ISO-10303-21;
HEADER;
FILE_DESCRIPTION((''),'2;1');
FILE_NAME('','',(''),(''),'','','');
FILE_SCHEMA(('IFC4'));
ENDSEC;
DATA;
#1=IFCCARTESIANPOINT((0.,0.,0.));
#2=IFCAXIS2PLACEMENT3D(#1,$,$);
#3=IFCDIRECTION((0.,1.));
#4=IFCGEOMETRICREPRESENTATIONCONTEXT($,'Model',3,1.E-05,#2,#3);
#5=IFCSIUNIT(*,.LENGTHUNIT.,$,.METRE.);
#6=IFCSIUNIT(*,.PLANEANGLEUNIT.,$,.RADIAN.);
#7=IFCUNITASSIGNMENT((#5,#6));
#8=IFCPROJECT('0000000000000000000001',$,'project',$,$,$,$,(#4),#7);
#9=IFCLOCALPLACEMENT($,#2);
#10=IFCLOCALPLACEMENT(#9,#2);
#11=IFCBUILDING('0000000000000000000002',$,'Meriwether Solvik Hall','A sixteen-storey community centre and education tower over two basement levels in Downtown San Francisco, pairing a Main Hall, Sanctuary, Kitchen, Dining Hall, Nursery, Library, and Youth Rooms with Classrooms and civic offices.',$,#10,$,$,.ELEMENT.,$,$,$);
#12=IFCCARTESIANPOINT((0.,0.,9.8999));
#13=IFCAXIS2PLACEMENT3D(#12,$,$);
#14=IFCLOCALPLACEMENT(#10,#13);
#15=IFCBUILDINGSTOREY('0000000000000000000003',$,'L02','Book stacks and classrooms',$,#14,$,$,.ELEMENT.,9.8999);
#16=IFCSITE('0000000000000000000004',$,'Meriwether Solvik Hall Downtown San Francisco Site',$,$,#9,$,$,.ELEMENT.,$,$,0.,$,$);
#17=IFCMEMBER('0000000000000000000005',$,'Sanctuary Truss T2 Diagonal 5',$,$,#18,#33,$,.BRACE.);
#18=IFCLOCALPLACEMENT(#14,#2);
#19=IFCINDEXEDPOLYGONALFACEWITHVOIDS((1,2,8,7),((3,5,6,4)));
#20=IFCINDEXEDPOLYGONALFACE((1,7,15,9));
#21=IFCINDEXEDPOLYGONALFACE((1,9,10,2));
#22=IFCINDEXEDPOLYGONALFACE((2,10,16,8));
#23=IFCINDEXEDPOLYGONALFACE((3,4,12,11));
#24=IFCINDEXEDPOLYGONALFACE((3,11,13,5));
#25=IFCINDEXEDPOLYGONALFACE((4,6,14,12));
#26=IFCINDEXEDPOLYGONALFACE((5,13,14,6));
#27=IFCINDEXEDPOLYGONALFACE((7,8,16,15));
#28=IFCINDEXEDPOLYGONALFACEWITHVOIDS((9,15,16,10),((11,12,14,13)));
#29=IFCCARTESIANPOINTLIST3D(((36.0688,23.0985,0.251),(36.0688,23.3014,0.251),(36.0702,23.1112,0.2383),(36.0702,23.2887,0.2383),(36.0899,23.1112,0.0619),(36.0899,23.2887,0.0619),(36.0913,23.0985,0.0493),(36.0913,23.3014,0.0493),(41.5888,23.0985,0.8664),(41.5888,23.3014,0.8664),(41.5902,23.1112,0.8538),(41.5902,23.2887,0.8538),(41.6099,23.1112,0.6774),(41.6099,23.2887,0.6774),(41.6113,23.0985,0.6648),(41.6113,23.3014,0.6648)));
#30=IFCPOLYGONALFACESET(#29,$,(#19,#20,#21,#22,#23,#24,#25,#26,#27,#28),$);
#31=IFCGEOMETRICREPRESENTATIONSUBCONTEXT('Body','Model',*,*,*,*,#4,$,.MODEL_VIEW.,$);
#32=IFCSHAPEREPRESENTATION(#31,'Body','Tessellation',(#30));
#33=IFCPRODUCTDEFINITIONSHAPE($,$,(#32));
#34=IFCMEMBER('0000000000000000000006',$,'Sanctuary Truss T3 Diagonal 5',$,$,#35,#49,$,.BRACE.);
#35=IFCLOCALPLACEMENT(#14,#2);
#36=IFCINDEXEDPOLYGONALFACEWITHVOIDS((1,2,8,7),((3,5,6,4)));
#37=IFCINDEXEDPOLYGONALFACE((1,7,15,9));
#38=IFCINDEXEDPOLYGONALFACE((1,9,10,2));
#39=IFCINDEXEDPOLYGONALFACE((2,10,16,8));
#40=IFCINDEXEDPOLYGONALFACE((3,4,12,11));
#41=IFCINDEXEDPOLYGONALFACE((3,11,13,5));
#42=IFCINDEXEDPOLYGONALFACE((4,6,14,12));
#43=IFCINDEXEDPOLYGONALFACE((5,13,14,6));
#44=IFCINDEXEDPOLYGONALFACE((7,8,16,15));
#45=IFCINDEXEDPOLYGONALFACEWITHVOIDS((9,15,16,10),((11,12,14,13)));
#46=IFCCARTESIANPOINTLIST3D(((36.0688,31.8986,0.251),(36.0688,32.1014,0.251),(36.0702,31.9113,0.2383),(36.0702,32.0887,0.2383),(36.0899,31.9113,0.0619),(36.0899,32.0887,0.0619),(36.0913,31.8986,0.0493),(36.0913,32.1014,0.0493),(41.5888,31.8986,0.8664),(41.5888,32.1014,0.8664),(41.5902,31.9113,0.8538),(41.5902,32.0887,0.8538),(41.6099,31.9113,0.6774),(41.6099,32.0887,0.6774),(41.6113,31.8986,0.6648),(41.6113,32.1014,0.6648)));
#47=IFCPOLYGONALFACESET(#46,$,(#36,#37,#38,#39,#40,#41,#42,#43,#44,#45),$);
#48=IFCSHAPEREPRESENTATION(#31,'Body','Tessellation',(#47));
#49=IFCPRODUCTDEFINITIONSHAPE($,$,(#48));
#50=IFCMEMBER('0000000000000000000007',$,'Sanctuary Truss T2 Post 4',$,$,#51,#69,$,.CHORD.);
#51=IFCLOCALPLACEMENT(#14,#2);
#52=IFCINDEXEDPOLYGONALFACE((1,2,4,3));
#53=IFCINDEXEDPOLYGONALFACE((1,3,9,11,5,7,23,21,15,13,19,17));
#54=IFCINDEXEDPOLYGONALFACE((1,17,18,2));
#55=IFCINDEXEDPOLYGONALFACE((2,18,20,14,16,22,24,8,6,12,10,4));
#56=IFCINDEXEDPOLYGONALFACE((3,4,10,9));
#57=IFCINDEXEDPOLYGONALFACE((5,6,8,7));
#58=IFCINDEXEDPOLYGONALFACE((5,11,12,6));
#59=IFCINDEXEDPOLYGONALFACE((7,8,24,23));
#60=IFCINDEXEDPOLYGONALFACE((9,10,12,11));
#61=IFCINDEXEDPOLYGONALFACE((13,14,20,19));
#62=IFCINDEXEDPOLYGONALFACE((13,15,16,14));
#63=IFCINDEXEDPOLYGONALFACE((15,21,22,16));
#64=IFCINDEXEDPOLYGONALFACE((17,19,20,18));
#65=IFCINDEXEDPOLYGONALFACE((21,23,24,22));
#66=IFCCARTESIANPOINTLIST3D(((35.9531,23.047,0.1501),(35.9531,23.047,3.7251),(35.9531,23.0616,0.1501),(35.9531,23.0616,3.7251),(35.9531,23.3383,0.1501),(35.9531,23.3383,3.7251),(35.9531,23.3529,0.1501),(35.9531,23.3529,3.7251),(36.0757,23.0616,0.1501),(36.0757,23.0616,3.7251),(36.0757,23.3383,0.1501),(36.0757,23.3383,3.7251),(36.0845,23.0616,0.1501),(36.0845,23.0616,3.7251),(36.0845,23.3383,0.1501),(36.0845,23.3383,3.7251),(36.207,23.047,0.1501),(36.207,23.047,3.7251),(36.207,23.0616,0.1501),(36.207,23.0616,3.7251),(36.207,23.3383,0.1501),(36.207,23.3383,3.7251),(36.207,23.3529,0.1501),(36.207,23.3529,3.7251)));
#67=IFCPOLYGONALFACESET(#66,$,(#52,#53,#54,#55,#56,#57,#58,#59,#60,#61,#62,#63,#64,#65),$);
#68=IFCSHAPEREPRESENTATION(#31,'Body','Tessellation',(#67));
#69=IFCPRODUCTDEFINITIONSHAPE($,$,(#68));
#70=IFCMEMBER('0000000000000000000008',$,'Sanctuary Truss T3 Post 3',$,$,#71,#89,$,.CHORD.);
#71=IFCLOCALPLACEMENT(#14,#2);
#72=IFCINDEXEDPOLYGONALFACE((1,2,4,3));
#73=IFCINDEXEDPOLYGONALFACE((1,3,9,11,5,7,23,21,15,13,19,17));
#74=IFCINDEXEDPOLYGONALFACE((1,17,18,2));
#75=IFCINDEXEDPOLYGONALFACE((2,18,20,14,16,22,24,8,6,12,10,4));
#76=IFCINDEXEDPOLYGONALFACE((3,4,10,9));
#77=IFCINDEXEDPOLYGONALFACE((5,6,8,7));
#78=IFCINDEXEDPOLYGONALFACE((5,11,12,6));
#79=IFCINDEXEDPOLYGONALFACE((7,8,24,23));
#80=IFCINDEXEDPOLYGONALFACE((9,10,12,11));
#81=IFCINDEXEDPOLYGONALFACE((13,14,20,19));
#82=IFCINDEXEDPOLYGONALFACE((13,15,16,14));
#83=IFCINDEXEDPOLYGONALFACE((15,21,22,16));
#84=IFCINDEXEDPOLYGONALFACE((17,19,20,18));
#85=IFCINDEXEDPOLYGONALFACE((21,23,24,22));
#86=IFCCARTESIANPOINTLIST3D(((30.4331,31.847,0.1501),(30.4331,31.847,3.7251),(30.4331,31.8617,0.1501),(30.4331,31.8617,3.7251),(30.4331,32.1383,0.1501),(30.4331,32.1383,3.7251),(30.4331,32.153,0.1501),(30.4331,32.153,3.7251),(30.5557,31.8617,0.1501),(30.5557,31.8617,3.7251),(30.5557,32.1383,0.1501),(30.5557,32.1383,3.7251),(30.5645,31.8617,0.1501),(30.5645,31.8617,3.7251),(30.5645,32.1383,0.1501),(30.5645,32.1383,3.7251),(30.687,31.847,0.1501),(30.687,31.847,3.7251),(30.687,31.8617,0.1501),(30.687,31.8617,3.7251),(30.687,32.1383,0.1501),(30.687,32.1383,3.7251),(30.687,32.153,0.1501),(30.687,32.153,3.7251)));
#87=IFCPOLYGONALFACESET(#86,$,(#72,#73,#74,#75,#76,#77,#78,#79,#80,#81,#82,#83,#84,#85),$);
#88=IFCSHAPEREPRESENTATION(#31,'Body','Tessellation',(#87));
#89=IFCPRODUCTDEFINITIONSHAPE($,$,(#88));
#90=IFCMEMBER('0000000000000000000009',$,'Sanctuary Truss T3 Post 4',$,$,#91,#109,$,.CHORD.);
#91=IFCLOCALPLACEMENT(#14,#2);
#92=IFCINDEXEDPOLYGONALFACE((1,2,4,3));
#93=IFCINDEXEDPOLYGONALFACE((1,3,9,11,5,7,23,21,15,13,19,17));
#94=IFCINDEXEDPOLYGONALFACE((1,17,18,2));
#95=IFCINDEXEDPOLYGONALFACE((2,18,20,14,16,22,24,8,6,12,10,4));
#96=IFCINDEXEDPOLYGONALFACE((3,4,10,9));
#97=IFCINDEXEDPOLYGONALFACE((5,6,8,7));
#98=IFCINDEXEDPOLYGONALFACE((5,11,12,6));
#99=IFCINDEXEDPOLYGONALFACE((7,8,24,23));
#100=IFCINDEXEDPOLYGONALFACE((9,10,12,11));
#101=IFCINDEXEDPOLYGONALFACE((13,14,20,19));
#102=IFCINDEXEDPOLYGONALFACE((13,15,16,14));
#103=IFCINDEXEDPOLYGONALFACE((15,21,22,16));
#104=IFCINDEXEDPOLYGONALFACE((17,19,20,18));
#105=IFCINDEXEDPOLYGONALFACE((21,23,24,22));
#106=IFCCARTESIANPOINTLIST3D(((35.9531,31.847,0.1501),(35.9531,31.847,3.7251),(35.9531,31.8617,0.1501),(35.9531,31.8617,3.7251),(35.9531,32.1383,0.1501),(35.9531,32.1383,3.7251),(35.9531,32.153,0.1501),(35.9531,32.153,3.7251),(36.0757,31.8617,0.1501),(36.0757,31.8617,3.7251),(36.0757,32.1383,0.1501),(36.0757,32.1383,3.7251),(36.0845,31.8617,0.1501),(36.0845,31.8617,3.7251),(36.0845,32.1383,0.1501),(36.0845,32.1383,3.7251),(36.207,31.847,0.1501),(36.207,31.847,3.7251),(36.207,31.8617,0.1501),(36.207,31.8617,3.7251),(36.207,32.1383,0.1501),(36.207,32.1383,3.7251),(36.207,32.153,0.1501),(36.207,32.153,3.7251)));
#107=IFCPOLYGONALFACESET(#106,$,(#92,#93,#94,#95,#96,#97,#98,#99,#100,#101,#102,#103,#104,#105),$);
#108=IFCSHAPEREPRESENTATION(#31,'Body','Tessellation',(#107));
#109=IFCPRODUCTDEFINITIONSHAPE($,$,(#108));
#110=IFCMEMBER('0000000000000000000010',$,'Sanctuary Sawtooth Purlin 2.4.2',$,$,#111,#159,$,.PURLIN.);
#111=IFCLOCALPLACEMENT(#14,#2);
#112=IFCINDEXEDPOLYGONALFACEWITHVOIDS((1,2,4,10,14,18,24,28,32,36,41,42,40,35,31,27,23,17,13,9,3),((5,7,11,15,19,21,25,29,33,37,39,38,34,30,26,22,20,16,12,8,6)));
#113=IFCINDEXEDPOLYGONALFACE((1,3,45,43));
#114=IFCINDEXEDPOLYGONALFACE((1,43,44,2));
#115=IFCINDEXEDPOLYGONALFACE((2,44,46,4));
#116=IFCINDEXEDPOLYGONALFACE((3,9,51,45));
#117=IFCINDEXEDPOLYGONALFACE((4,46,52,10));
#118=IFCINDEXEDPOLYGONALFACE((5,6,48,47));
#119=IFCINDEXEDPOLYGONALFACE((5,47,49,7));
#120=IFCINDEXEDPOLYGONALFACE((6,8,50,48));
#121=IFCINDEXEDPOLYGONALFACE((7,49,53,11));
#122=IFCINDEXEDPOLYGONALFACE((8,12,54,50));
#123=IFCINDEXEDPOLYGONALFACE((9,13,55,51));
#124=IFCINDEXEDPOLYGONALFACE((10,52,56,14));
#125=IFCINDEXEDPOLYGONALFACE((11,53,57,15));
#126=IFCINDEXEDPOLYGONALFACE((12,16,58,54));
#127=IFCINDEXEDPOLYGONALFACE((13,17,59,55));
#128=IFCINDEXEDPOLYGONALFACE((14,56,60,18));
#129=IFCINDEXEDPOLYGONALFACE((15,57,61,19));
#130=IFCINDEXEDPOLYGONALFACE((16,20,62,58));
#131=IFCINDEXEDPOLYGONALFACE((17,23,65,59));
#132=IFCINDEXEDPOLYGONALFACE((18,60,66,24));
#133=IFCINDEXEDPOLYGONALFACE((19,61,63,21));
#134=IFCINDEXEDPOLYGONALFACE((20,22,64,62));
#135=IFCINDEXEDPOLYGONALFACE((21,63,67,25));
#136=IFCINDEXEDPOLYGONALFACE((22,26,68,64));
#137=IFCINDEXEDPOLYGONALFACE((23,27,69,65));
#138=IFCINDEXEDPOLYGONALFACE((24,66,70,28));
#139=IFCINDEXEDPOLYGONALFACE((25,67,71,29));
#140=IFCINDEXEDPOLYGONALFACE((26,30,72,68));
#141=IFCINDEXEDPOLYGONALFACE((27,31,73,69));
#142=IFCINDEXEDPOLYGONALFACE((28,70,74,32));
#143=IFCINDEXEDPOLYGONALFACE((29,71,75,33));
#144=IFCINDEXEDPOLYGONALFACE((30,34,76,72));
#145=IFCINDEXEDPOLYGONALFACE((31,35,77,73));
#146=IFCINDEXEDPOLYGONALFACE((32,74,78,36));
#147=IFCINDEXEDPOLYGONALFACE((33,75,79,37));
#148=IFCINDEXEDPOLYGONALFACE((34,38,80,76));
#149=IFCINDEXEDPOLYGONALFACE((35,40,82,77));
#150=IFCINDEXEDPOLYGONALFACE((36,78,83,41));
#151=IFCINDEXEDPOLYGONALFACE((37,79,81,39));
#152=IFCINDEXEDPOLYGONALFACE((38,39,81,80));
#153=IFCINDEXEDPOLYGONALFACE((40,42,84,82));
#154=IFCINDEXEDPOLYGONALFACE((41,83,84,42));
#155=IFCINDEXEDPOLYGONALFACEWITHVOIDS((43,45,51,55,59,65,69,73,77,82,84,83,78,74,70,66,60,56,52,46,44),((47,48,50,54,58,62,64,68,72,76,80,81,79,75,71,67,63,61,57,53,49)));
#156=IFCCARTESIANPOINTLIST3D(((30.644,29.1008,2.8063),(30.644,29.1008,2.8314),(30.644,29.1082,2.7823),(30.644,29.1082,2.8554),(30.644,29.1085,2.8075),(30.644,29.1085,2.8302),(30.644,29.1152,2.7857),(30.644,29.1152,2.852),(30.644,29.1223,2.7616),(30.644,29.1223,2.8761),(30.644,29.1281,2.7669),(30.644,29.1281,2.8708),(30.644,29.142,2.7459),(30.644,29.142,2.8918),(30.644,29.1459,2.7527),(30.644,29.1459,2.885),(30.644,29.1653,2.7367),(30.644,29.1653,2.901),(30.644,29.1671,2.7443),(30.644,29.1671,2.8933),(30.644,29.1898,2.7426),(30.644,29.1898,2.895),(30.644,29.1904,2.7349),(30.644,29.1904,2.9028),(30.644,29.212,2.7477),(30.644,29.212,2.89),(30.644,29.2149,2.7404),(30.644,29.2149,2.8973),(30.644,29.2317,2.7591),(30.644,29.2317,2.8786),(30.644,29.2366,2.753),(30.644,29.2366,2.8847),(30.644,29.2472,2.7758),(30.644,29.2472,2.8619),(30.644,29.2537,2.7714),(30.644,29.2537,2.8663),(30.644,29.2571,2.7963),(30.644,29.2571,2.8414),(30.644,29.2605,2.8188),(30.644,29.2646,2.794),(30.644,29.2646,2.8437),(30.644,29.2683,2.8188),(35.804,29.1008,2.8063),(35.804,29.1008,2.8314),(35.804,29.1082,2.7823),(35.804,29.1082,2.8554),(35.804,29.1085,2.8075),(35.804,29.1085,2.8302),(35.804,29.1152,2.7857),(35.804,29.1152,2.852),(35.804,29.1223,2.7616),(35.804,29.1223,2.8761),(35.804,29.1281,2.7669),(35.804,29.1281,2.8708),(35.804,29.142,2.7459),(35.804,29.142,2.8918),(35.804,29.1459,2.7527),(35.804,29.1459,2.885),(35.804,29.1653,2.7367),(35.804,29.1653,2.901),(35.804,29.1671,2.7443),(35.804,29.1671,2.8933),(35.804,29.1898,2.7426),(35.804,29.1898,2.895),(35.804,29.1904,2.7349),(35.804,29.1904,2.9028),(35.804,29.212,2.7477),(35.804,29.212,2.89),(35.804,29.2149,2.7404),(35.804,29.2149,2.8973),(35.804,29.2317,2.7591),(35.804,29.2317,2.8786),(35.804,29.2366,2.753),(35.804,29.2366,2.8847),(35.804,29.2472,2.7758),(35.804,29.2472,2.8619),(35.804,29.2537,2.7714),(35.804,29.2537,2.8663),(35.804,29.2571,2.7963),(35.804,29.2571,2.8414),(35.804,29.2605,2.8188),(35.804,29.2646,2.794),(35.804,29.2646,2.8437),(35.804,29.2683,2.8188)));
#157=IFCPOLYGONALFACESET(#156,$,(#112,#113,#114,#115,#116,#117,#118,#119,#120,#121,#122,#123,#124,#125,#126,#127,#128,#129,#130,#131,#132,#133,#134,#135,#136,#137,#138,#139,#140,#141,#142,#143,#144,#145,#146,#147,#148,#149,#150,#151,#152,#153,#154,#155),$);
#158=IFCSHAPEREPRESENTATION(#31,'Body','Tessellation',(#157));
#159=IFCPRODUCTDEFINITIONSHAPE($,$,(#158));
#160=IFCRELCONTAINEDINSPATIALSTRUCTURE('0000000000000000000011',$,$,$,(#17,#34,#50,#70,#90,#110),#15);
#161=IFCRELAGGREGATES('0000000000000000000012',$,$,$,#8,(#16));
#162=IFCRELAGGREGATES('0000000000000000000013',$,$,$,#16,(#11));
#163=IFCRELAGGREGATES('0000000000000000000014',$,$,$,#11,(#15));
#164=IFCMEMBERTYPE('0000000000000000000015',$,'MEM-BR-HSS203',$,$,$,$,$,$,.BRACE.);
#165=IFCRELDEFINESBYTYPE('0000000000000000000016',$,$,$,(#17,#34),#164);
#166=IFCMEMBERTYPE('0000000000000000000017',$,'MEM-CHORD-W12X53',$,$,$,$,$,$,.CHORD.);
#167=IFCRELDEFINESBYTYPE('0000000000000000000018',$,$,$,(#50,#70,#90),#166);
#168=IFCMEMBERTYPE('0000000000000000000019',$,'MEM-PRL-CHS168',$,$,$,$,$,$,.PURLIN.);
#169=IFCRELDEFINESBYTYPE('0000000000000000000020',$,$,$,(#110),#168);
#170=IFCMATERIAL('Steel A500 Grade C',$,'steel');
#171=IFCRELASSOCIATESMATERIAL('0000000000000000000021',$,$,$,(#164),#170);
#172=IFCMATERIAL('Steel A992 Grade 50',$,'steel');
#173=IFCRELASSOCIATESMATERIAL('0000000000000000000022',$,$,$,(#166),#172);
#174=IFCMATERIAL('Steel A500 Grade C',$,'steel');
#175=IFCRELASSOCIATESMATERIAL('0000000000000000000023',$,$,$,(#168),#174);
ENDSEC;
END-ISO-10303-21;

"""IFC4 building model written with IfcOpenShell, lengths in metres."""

from ifc_helpers import new_model, si_unit, direction, frame, origin, origin_2d, place, context, subcontext, project, spatial, hollow_rectangle, hollow_circle, i_section, extrude, material, material_profile, profile_set, type_object, element, save


model = new_model("IFC4")

# Units and contexts
model_context = context("Model", 3, precision=1e-05, world=origin(), true_north=direction((0.0, 1.0)))
body_context = subcontext(model_context, "Body", "Model", "MODEL_VIEW")
ifc_project = project(units=[si_unit("LENGTHUNIT", "METRE"), si_unit("PLANEANGLEUNIT", "RADIAN")], contexts=[model_context])

# Site, building, storey
site_placement = place(None, origin())
site = spatial("IfcSite", under=ifc_project, at=site_placement, Name="Meriwether Solvik Hall Downtown San Francisco Site", CompositionType="ELEMENT", RefElevation=0.0)
building_placement = place(site_placement, origin())
building = spatial("IfcBuilding", under=site, at=building_placement, Name="Meriwether Solvik Hall", Description="A sixteen-storey community centre and education tower over two basement levels in Downtown San Francisco, pairing a Main Hall, Sanctuary, Kitchen, Dining Hall, Nursery, Library, and Youth Rooms with Classrooms and civic offices.", CompositionType="ELEMENT")
storey_placement = place(building_placement, frame((0.0, 0.0, 9.8999)))
storey = spatial("IfcBuildingStorey", under=building, at=storey_placement, Name="L02", Description="Book stacks and classrooms", CompositionType="ELEMENT", Elevation=9.8999)

# Members
ifc_material_1 = material(Name="Steel A500 Grade C", Category="steel")
ifc_material_profile_1 = material_profile(ifc_material_1, hollow_rectangle(XDim=0.2029, YDim=0.2029, WallThickness=0.0127, at=origin_2d()), Name="HSS203X203X12.7")
ifc_profile_set_1 = profile_set([ifc_material_profile_1], Name="Steel A500 Grade C")
member_type_1 = type_object("IfcMemberType", Name="MEM-BR-HSS203", PredefinedType="BRACE", material=ifc_profile_set_1)
for number, where, z_axis, x_axis, name in (
    (1, (36.0801, 23.2, 0.1501), (0.993841, 0.0, 0.110813), (0.0, 1.0, 0.0), "Sanctuary Truss T2 Diagonal 5"),
    (2, (36.0801, 32.0, 0.1501), (0.993841, 0.0, 0.110813), (0.0, 1.0, 0.0), "Sanctuary Truss T3 Diagonal 5"),
):
    element("IfcMember", number, at=place(storey_placement, frame(where, z_axis=z_axis, x_axis=x_axis)), inside=storey, type_object=member_type_1, Name=name, PredefinedType="BRACE", context=body_context, shape_type="SweptSolid", body=[
        extrude(hollow_rectangle(XDim=0.2029, YDim=0.2029, WallThickness=0.0127, at=origin_2d()), origin(), (0.0, 0.0, 1.0), 5.5542),
    ])
ifc_material_2 = material(Name="Steel A992 Grade 50", Category="steel")
ifc_material_profile_2 = material_profile(ifc_material_2, i_section(OverallWidth=0.2539, OverallDepth=0.3059, WebThickness=0.0088, FlangeThickness=0.0146, at=origin_2d()), Name="W12X53")
ifc_profile_set_2 = profile_set([ifc_material_profile_2], Name="Steel A992 Grade 50")
member_type_2 = type_object("IfcMemberType", Name="MEM-CHORD-W12X53", PredefinedType="CHORD", material=ifc_profile_set_2)
for number, where, z_axis, x_axis, name in (
    (3, (36.0801, 23.2, 0.1501), (0.0, 0.0, 1.0), (1.0, 0.0, 0.0), "Sanctuary Truss T2 Post 4"),
    (4, (30.5601, 32.0, 0.1501), (0.0, 0.0, 1.0), (1.0, 0.0, 0.0), "Sanctuary Truss T3 Post 3"),
    (5, (36.0801, 32.0, 0.1501), (0.0, 0.0, 1.0), (1.0, 0.0, 0.0), "Sanctuary Truss T3 Post 4"),
):
    element("IfcMember", number, at=place(storey_placement, frame(where, z_axis=z_axis, x_axis=x_axis)), inside=storey, type_object=member_type_2, Name=name, PredefinedType="CHORD", context=body_context, shape_type="SweptSolid", body=[
        extrude(i_section(OverallWidth=0.2539, OverallDepth=0.3059, WebThickness=0.0088, FlangeThickness=0.0146, at=origin_2d()), origin(), (0.0, 0.0, 1.0), 3.575),
    ])
ifc_material_3 = material(Name="Steel A500 Grade C", Category="steel")
ifc_material_profile_3 = material_profile(ifc_material_3, hollow_circle(Radius=0.0842, WallThickness=0.0078, at=origin_2d()), Name="CHS168X7.9")
ifc_profile_set_3 = profile_set([ifc_material_profile_3], Name="Steel A500 Grade C")
member_type_3 = type_object("IfcMemberType", Name="MEM-PRL-CHS168", PredefinedType="PURLIN", material=ifc_profile_set_3)
for number, where, z_axis, x_axis, name in (
    (6, (30.644, 29.1841, 2.8188), (1.0, 0.0, 0.0), (0.0, 1.0, 0.0), "Sanctuary Sawtooth Purlin 2.4.2"),
):
    element("IfcMember", number, at=place(storey_placement, frame(where, z_axis=z_axis, x_axis=x_axis)), inside=storey, type_object=member_type_3, Name=name, PredefinedType="PURLIN", context=body_context, shape_type="SweptSolid", body=[
        extrude(hollow_circle(Radius=0.0842, WallThickness=0.0078, at=origin_2d()), origin(), (0.0, 0.0, 1.0), 5.1599),
    ])

save(model, "model.ifc")
